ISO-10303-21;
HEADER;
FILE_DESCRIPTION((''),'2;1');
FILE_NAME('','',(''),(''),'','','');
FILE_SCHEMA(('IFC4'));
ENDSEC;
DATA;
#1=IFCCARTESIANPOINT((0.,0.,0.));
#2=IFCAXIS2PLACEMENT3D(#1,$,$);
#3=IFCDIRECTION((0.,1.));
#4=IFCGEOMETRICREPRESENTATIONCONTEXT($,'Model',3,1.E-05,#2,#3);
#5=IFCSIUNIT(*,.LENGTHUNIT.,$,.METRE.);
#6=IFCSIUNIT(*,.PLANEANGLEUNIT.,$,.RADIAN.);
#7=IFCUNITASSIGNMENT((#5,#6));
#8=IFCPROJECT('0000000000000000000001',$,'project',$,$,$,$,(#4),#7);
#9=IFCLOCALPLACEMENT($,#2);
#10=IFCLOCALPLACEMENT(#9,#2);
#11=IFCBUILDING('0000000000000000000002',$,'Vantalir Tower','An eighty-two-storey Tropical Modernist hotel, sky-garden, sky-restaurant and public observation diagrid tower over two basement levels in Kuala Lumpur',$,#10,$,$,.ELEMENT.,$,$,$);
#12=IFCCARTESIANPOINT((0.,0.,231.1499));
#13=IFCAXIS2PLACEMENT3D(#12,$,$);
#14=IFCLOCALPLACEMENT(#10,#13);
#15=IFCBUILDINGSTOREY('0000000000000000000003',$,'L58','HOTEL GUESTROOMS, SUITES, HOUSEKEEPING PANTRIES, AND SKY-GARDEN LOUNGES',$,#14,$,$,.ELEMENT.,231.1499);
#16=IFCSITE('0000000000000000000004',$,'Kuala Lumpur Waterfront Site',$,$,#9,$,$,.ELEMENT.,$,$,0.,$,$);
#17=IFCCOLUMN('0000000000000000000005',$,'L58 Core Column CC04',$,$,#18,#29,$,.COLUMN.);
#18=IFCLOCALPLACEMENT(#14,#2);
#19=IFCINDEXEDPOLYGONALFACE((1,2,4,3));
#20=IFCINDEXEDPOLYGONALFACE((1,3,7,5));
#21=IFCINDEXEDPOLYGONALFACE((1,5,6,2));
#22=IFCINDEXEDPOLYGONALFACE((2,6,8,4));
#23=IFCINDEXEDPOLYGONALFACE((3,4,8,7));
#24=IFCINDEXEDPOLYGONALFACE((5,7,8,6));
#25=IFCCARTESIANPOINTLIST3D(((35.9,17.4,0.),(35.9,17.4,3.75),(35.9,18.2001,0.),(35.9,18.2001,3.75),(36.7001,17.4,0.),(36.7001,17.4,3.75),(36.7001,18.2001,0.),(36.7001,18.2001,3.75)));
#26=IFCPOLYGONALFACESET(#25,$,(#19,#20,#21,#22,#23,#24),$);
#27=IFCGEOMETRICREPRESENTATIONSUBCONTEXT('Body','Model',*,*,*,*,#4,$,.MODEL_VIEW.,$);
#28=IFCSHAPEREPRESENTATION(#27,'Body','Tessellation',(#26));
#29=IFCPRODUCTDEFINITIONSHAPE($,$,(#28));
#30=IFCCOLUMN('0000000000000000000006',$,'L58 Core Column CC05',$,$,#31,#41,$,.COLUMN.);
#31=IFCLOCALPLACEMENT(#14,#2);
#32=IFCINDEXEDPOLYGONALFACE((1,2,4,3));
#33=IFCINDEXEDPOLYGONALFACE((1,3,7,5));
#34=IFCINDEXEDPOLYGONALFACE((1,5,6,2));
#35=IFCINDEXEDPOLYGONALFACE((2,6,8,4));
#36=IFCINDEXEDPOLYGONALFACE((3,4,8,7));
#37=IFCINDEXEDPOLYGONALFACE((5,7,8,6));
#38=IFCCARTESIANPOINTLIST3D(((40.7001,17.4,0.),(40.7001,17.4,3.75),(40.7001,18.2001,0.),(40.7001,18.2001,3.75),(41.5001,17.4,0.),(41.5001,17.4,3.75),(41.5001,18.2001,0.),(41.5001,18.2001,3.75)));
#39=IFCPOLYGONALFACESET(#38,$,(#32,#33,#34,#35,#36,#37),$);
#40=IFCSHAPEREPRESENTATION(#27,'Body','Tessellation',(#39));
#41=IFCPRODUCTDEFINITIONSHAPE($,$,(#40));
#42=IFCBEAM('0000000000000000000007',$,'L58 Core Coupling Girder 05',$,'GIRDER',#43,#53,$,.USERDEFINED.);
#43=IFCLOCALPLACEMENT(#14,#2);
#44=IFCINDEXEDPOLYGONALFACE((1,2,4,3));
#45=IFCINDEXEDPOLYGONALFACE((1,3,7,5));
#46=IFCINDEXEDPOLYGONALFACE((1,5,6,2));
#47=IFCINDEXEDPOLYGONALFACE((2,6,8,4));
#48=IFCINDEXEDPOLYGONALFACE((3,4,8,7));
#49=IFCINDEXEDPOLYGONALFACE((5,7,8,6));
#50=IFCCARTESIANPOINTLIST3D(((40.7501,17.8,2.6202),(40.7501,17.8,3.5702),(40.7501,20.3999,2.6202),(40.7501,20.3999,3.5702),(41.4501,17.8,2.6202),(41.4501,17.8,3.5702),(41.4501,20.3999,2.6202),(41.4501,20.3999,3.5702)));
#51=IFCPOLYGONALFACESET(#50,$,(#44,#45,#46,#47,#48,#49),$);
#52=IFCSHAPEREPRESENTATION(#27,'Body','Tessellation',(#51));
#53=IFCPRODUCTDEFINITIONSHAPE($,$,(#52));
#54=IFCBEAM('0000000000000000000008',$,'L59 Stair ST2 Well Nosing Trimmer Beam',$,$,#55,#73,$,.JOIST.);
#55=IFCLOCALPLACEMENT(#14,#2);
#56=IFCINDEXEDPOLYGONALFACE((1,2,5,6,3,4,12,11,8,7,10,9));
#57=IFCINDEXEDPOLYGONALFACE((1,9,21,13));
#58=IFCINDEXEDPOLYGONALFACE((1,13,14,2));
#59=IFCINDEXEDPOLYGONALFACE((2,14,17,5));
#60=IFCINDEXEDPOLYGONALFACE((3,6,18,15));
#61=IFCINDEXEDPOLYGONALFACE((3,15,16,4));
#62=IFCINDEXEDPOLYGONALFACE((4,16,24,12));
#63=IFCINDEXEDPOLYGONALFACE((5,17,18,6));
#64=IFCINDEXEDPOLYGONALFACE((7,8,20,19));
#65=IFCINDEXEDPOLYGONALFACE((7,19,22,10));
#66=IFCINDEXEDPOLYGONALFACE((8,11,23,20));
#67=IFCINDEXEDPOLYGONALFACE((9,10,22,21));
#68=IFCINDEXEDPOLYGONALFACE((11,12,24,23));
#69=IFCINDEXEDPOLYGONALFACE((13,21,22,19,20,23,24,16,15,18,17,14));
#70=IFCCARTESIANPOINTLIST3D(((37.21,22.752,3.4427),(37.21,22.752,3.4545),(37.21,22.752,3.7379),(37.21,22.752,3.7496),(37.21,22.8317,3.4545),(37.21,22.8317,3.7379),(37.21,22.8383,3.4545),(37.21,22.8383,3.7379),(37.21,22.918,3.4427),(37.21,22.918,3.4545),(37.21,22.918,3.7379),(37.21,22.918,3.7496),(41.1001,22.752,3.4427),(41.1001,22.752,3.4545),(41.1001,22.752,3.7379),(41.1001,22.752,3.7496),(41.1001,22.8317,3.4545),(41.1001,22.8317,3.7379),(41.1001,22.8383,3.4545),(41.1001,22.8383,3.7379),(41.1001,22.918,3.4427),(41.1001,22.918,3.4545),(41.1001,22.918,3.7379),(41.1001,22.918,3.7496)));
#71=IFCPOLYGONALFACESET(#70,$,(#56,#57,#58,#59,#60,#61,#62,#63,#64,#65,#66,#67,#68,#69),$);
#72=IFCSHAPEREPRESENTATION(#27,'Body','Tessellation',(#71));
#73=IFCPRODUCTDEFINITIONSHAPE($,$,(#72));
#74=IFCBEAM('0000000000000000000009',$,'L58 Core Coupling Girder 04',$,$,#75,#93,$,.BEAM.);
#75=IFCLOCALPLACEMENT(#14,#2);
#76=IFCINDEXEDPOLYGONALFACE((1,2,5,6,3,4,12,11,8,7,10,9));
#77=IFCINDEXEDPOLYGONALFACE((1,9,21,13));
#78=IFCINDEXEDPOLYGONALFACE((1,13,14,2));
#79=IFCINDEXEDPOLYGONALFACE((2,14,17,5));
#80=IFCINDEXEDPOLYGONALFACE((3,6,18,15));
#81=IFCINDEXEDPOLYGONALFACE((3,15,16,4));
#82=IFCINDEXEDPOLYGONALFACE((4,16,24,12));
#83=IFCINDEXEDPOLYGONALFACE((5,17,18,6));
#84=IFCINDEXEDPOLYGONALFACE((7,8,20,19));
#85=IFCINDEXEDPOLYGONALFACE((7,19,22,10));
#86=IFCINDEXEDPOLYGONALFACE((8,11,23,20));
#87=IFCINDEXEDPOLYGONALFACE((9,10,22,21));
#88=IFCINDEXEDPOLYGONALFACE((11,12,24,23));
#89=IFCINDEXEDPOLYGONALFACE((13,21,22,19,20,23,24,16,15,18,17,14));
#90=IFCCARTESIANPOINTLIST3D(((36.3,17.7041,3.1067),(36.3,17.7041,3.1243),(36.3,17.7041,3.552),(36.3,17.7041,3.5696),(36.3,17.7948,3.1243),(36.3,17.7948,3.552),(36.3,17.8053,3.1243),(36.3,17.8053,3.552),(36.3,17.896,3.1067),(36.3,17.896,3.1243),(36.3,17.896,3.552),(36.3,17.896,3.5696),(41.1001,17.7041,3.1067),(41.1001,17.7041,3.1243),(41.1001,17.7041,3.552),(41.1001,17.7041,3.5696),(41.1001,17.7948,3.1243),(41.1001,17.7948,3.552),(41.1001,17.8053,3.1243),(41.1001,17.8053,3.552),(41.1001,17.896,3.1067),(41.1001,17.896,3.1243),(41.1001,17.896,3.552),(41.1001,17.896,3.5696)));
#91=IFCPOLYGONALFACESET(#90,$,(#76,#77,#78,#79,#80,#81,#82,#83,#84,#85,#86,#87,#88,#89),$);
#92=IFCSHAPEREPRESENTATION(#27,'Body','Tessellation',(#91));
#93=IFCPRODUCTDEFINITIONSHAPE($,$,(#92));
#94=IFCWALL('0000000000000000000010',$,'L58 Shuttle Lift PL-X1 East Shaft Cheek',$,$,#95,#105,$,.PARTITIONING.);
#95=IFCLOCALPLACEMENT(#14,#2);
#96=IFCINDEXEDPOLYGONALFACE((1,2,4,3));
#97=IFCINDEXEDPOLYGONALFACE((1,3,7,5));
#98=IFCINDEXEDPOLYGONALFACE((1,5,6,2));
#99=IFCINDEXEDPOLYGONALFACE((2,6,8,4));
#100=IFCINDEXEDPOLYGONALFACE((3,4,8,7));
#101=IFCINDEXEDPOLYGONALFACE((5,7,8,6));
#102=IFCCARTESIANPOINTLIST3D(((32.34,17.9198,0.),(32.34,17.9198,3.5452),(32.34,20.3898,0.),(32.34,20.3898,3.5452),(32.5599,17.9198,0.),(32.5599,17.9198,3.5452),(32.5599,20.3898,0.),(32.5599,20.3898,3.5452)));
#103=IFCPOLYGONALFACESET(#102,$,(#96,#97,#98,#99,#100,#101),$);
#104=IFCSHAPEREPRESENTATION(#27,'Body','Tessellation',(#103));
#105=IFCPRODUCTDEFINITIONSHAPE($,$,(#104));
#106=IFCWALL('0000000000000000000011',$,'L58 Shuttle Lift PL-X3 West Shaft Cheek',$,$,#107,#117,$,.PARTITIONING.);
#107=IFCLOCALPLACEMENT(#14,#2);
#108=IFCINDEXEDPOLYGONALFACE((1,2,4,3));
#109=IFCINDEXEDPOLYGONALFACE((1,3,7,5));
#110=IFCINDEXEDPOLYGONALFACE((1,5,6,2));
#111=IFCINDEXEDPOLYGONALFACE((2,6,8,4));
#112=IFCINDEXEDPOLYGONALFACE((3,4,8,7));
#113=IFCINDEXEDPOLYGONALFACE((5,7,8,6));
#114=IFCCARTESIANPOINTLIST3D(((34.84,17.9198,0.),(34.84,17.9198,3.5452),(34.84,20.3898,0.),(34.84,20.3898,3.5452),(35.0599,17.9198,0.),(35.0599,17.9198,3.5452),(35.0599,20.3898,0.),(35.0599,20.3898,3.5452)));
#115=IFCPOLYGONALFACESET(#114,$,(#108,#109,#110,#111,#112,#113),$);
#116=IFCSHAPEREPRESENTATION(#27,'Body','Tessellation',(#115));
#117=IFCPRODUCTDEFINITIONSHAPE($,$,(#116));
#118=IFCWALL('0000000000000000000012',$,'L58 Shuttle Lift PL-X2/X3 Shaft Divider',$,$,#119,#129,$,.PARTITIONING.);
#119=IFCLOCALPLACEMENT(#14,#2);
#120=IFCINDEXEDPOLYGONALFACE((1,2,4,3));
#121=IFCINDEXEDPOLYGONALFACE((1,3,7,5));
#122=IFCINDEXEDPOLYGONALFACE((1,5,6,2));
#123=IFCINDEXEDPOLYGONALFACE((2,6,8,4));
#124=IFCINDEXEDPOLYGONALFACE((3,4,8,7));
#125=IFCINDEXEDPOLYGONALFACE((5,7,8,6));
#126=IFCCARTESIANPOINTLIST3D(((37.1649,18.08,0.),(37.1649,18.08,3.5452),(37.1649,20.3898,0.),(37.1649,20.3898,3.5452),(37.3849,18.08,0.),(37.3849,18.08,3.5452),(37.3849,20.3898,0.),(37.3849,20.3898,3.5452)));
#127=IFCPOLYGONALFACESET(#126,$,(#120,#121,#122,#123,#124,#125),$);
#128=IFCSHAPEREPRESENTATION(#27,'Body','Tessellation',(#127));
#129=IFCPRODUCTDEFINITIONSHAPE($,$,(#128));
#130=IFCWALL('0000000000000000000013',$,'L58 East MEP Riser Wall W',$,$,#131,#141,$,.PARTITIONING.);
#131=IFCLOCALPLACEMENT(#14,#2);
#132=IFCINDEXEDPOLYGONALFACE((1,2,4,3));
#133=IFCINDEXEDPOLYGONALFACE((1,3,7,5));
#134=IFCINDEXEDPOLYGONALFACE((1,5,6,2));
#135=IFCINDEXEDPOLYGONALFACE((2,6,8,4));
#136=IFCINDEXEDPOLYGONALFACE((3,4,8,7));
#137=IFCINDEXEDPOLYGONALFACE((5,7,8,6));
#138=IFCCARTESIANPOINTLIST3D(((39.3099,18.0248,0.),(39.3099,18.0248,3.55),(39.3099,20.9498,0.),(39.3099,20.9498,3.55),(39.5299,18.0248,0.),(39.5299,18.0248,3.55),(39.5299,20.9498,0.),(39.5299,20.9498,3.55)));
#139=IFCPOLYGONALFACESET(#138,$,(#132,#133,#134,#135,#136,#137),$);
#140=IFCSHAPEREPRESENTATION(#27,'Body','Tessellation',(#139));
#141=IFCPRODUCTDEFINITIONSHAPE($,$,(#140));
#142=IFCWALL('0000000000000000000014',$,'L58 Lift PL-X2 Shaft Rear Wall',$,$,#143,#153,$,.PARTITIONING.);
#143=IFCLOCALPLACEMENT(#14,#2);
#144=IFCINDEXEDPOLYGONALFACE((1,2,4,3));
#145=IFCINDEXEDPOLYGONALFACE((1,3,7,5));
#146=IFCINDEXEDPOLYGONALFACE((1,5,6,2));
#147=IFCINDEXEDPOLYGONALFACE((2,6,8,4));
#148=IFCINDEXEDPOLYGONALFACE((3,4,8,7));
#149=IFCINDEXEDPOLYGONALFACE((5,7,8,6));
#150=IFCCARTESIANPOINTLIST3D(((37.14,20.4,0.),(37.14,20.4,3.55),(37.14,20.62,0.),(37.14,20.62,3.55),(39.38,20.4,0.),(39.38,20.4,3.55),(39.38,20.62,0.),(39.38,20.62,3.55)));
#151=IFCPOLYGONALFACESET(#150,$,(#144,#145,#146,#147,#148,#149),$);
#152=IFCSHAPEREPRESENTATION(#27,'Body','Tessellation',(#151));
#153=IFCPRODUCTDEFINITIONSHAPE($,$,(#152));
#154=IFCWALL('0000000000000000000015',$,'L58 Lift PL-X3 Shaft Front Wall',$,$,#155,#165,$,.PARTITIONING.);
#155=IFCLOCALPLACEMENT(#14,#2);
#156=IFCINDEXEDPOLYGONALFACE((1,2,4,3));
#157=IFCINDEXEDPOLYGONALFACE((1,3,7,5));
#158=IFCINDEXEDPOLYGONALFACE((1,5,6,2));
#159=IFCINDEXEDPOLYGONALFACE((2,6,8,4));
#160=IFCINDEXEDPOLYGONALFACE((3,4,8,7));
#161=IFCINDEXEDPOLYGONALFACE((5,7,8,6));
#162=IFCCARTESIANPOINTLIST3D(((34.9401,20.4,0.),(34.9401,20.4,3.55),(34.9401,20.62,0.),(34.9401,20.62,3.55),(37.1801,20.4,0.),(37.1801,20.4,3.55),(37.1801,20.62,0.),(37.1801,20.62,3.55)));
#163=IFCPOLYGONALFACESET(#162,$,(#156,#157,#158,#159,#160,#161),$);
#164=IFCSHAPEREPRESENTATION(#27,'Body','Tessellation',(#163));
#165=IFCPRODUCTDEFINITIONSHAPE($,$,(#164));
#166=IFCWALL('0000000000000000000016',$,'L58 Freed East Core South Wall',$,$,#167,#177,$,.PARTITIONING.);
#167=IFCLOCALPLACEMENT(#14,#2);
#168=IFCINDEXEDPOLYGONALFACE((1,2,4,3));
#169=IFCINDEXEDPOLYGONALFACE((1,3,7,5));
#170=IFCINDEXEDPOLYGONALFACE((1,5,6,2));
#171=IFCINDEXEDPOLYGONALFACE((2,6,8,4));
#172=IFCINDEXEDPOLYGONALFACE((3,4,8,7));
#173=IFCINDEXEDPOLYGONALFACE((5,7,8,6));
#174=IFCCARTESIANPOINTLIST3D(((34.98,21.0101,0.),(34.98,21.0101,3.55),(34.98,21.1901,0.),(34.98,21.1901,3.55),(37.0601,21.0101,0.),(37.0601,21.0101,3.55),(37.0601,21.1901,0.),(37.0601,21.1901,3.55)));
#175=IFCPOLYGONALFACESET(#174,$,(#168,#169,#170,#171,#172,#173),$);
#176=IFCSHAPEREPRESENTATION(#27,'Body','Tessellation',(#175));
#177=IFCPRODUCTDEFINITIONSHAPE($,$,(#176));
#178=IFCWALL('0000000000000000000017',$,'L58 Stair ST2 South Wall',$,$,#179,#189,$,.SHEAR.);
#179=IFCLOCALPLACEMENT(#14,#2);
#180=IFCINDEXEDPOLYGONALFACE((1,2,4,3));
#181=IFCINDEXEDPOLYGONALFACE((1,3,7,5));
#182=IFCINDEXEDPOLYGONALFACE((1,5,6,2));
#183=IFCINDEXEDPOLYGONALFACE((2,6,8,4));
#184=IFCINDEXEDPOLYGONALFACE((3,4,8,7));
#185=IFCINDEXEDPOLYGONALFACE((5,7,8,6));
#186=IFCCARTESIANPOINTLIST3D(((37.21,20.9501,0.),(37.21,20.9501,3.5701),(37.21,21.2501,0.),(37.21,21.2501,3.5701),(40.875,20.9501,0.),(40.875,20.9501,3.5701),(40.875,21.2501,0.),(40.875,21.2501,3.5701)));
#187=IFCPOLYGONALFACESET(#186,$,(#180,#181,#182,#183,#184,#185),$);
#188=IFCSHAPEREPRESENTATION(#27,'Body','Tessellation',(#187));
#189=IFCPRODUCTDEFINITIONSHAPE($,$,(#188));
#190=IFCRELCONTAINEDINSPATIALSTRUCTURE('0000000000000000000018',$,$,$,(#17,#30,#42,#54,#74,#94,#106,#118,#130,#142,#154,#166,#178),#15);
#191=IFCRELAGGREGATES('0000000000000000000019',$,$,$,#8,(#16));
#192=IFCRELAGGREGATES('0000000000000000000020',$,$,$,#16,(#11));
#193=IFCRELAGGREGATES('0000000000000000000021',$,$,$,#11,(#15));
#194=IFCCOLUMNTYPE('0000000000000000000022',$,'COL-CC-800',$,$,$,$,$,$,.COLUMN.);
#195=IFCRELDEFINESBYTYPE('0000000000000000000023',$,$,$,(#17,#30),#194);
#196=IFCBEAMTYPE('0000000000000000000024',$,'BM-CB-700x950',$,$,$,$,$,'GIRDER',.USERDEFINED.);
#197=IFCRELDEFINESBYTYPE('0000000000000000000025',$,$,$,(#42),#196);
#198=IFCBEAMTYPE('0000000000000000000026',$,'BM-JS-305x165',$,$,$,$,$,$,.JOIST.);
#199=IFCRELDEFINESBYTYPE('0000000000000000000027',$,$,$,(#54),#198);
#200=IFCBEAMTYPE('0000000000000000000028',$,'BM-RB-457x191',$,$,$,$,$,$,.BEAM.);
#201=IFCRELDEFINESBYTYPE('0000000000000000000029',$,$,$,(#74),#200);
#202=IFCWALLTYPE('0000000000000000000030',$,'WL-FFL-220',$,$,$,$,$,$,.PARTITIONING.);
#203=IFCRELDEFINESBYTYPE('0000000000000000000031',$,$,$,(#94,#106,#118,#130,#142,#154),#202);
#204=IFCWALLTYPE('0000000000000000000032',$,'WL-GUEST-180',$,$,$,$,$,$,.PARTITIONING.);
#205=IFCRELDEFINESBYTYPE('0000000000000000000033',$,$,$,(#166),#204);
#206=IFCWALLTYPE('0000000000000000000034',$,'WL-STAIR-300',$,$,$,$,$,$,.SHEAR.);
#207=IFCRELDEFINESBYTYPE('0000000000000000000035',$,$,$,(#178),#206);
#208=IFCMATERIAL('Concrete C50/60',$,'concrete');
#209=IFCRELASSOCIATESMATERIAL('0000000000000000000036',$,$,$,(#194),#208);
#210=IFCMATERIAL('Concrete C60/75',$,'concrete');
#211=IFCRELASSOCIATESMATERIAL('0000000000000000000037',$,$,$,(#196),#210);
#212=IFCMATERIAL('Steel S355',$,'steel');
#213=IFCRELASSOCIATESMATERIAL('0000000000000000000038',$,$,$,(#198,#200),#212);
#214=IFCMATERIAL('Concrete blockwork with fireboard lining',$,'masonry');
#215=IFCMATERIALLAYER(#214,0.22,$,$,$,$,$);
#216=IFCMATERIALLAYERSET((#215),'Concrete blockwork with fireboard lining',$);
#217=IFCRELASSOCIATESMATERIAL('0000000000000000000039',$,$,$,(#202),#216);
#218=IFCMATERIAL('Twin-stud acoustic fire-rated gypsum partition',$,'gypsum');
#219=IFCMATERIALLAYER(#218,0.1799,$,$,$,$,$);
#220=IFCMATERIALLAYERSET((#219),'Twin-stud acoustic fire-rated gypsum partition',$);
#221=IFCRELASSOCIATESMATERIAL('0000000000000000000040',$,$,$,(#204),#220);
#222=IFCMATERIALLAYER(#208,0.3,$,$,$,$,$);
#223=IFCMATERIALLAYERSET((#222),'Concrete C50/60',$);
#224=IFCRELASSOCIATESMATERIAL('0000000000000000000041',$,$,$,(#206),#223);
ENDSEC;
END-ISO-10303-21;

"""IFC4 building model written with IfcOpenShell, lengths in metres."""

from ifc_helpers import new_model, si_unit, direction, frame, frame_2d, origin, origin_2d, place, context, subcontext, project, spatial, rectangle, i_section, extrude, material, layer, layer_set, material_profile, profile_set, type_object, element, save


model = new_model("IFC4")

# Units and contexts
model_context = context("Model", 3, precision=1e-05, world=origin(), true_north=direction((0.0, 1.0)))
body_context = subcontext(model_context, "Body", "Model", "MODEL_VIEW")
ifc_project = project(units=[si_unit("LENGTHUNIT", "METRE"), si_unit("PLANEANGLEUNIT", "RADIAN")], contexts=[model_context])

# Site, building, storey
site_placement = place(None, origin())
site = spatial("IfcSite", under=ifc_project, at=site_placement, Name="Kuala Lumpur Waterfront Site", CompositionType="ELEMENT", RefElevation=0.0)
building_placement = place(site_placement, origin())
building = spatial("IfcBuilding", under=site, at=building_placement, Name="Vantalir Tower", Description="An eighty-two-storey Tropical Modernist hotel, sky-garden, sky-restaurant and public observation diagrid tower over two basement levels in Kuala Lumpur", CompositionType="ELEMENT")
storey_placement = place(building_placement, frame((0.0, 0.0, 231.1499)))
storey = spatial("IfcBuildingStorey", under=building, at=storey_placement, Name="L58", Description="HOTEL GUESTROOMS, SUITES, HOUSEKEEPING PANTRIES, AND SKY-GARDEN LOUNGES", CompositionType="ELEMENT", Elevation=231.1499)

# Columns
ifc_material_1 = material(Name="Concrete C50/60", Category="concrete")
ifc_material_profile_1 = material_profile(ifc_material_1, rectangle(XDim=0.8, YDim=0.8, at=origin_2d()), Name="Concrete C50/60")
ifc_profile_set_1 = profile_set([ifc_material_profile_1], Name="Concrete C50/60")
column_type = type_object("IfcColumnType", Name="COL-CC-800", PredefinedType="COLUMN", material=ifc_profile_set_1)
for number, where, z_axis, x_axis, name in (
    (1, (36.3, 17.8, 0.0), (0.0, 0.0, 1.0), (1.0, 0.0, 0.0), "L58 Core Column CC04"),
    (2, (41.1001, 17.8, 0.0), (0.0, 0.0, 1.0), (1.0, 0.0, 0.0), "L58 Core Column CC05"),
):
    element("IfcColumn", number, at=place(storey_placement, frame(where, z_axis=z_axis, x_axis=x_axis)), inside=storey, type_object=column_type, Name=name, PredefinedType="COLUMN", context=body_context, shape_type="SweptSolid", body=[
        extrude(rectangle(XDim=0.8, YDim=0.8, at=origin_2d()), origin(), (0.0, 0.0, 1.0), 3.75),
    ])

# Beams
ifc_material_2 = material(Name="Concrete C60/75", Category="concrete")
ifc_material_profile_2 = material_profile(ifc_material_2, rectangle(XDim=0.7, YDim=0.95, at=origin_2d()), Name="Concrete C60/75")
ifc_profile_set_2 = profile_set([ifc_material_profile_2], Name="Concrete C60/75")
beam_type_1 = type_object("IfcBeamType", Name="BM-CB-700x950", ElementType="GIRDER", PredefinedType="USERDEFINED", material=ifc_profile_set_2)
beam_1_placement = place(storey_placement, frame((41.1001, 17.8, 3.0952), z_axis=(0.0, 1.0, 0.0), x_axis=(-1.0, 0.0, 0.0)))
element("IfcBeam", 3, at=beam_1_placement, inside=storey, type_object=beam_type_1, Name="L58 Core Coupling Girder 05", ObjectType="GIRDER", PredefinedType="USERDEFINED", context=body_context, shape_type="SweptSolid", body=[
    extrude(rectangle(XDim=0.7, YDim=0.95, at=origin_2d()), origin(), (0.0, 0.0, 1.0), 2.5999),
])
ifc_material_3 = material(Name="Steel S355", Category="steel")
ifc_material_profile_3 = material_profile(ifc_material_3, i_section(OverallWidth=0.166, OverallDepth=0.3069, WebThickness=0.0066, FlangeThickness=0.0117, at=origin_2d()), Name="Steel S355")
ifc_profile_set_3 = profile_set([ifc_material_profile_3], Name="Steel S355")
beam_type_2 = type_object("IfcBeamType", Name="BM-JS-305x165", PredefinedType="JOIST", material=ifc_profile_set_3)
beam_2_placement = place(storey_placement, frame((37.21, 22.835, 3.5962), z_axis=(1.0, 0.0, 0.0), x_axis=(0.0, 1.0, 0.0)))
element("IfcBeam", 4, at=beam_2_placement, inside=storey, type_object=beam_type_2, Name="L59 Stair ST2 Well Nosing Trimmer Beam", PredefinedType="JOIST", context=body_context, shape_type="SweptSolid", body=[
    extrude(i_section(OverallWidth=0.166, OverallDepth=0.3069, WebThickness=0.0066, FlangeThickness=0.0117, at=origin_2d()), origin(), (0.0, 0.0, 1.0), 3.8901),
])
ifc_material_profile_4 = material_profile(ifc_material_3, i_section(OverallWidth=0.1919, OverallDepth=0.4629, WebThickness=0.0105, FlangeThickness=0.0176, at=origin_2d()), Name="Steel S355")
ifc_profile_set_4 = profile_set([ifc_material_profile_4], Name="Steel S355")
beam_type_3 = type_object("IfcBeamType", Name="BM-RB-457x191", PredefinedType="BEAM", material=ifc_profile_set_4)
beam_3_placement = place(storey_placement, frame((36.3, 17.8, 3.3381), z_axis=(1.0, 0.0, 0.0), x_axis=(0.0, 1.0, 0.0)))
element("IfcBeam", 5, at=beam_3_placement, inside=storey, type_object=beam_type_3, Name="L58 Core Coupling Girder 04", PredefinedType="BEAM", context=body_context, shape_type="SweptSolid", body=[
    extrude(i_section(OverallWidth=0.1919, OverallDepth=0.4629, WebThickness=0.0105, FlangeThickness=0.0176, at=origin_2d()), origin(), (0.0, 0.0, 1.0), 4.8),
])

# Walls
ifc_material_4 = material(Name="Concrete blockwork with fireboard lining", Category="masonry")
ifc_layer_1 = layer(ifc_material_4, 0.22)
ifc_layer_set_1 = layer_set([ifc_layer_1], Name="Concrete blockwork with fireboard lining")
wall_type_1 = type_object("IfcWallType", Name="WL-FFL-220", PredefinedType="PARTITIONING", material=ifc_layer_set_1)
for number, where, z_axis, x_axis, name in (
    (6, (32.45, 17.9199, 0.0), (0.0, 0.0, 1.0), (0.0, 1.0, 0.0), "L58 Shuttle Lift PL-X1 East Shaft Cheek"),
    (7, (34.95, 17.9199, 0.0), (0.0, 0.0, 1.0), (0.0, 1.0, 0.0), "L58 Shuttle Lift PL-X3 West Shaft Cheek"),
):
    element("IfcWall", number, at=place(storey_placement, frame(where, z_axis=z_axis, x_axis=x_axis)), inside=storey, type_object=wall_type_1, Name=name, PredefinedType="PARTITIONING", context=body_context, shape_type="SweptSolid", body=[
        extrude(rectangle(XDim=2.47, YDim=0.22, at=frame_2d((1.2349, 0.0))), origin(), (0.0, 0.0, 1.0), 3.5452),
    ])
wall_1_placement = place(storey_placement, frame((37.2749, 18.0801, 0.0), z_axis=(0.0, 0.0, 1.0), x_axis=(0.0, 1.0, 0.0)))
element("IfcWall", 8, at=wall_1_placement, inside=storey, type_object=wall_type_1, Name="L58 Shuttle Lift PL-X2/X3 Shaft Divider", PredefinedType="PARTITIONING", context=body_context, shape_type="SweptSolid", body=[
    extrude(rectangle(XDim=2.3098, YDim=0.22, at=frame_2d((1.1548, 0.0))), origin(), (0.0, 0.0, 1.0), 3.5452),
])
wall_2_placement = place(storey_placement, frame((39.4199, 18.0249, 0.0), z_axis=(0.0, 0.0, 1.0), x_axis=(0.0, 1.0, 0.0)))
element("IfcWall", 9, at=wall_2_placement, inside=storey, type_object=wall_type_1, Name="L58 East MEP Riser Wall W", PredefinedType="PARTITIONING", context=body_context, shape_type="SweptSolid", body=[
    extrude(rectangle(XDim=2.925, YDim=0.22, at=frame_2d((1.4624, 0.0))), origin(), (0.0, 0.0, 1.0), 3.55),
])
for number, where, z_axis, x_axis, name in (
    (10, (37.1399, 20.51, 0.0), (0.0, 0.0, 1.0), (1.0, 0.0, 0.0), "L58 Lift PL-X2 Shaft Rear Wall"),
    (11, (34.9399, 20.51, 0.0), (0.0, 0.0, 1.0), (1.0, 0.0, 0.0), "L58 Lift PL-X3 Shaft Front Wall"),
):
    element("IfcWall", number, at=place(storey_placement, frame(where, z_axis=z_axis, x_axis=x_axis)), inside=storey, type_object=wall_type_1, Name=name, PredefinedType="PARTITIONING", context=body_context, shape_type="SweptSolid", body=[
        extrude(rectangle(XDim=2.24, YDim=0.22, at=frame_2d((1.1201, 0.0))), origin(), (0.0, 0.0, 1.0), 3.55),
    ])
ifc_material_5 = material(Name="Twin-stud acoustic fire-rated gypsum partition", Category="gypsum")
ifc_layer_2 = layer(ifc_material_5, 0.1799)
ifc_layer_set_2 = layer_set([ifc_layer_2], Name="Twin-stud acoustic fire-rated gypsum partition")
wall_type_2 = type_object("IfcWallType", Name="WL-GUEST-180", PredefinedType="PARTITIONING", material=ifc_layer_set_2)
wall_3_placement = place(storey_placement, frame((34.98, 21.1001, 0.0), z_axis=(0.0, 0.0, 1.0), x_axis=(1.0, 0.0, 0.0)))
element("IfcWall", 12, at=wall_3_placement, inside=storey, type_object=wall_type_2, Name="L58 Freed East Core South Wall", PredefinedType="PARTITIONING", context=body_context, shape_type="SweptSolid", body=[
    extrude(rectangle(XDim=2.0801, YDim=0.1799, at=frame_2d((1.04, 0.0))), origin(), (0.0, 0.0, 1.0), 3.55),
])
ifc_layer_3 = layer(ifc_material_1, 0.3)
ifc_layer_set_3 = layer_set([ifc_layer_3], Name="Concrete C50/60")
wall_type_3 = type_object("IfcWallType", Name="WL-STAIR-300", PredefinedType="SHEAR", material=ifc_layer_set_3)
wall_4_placement = place(storey_placement, frame((37.21, 21.1001, 0.0), z_axis=(0.0, 0.0, 1.0), x_axis=(1.0, 0.0, 0.0)))
element("IfcWall", 13, at=wall_4_placement, inside=storey, type_object=wall_type_3, Name="L58 Stair ST2 South Wall", PredefinedType="SHEAR", context=body_context, shape_type="SweptSolid", body=[
    extrude(rectangle(XDim=3.665, YDim=0.3, at=frame_2d((1.8325, 0.0))), origin(), (0.0, 0.0, 1.0), 3.5701),
])

save(model, "model.ifc")
